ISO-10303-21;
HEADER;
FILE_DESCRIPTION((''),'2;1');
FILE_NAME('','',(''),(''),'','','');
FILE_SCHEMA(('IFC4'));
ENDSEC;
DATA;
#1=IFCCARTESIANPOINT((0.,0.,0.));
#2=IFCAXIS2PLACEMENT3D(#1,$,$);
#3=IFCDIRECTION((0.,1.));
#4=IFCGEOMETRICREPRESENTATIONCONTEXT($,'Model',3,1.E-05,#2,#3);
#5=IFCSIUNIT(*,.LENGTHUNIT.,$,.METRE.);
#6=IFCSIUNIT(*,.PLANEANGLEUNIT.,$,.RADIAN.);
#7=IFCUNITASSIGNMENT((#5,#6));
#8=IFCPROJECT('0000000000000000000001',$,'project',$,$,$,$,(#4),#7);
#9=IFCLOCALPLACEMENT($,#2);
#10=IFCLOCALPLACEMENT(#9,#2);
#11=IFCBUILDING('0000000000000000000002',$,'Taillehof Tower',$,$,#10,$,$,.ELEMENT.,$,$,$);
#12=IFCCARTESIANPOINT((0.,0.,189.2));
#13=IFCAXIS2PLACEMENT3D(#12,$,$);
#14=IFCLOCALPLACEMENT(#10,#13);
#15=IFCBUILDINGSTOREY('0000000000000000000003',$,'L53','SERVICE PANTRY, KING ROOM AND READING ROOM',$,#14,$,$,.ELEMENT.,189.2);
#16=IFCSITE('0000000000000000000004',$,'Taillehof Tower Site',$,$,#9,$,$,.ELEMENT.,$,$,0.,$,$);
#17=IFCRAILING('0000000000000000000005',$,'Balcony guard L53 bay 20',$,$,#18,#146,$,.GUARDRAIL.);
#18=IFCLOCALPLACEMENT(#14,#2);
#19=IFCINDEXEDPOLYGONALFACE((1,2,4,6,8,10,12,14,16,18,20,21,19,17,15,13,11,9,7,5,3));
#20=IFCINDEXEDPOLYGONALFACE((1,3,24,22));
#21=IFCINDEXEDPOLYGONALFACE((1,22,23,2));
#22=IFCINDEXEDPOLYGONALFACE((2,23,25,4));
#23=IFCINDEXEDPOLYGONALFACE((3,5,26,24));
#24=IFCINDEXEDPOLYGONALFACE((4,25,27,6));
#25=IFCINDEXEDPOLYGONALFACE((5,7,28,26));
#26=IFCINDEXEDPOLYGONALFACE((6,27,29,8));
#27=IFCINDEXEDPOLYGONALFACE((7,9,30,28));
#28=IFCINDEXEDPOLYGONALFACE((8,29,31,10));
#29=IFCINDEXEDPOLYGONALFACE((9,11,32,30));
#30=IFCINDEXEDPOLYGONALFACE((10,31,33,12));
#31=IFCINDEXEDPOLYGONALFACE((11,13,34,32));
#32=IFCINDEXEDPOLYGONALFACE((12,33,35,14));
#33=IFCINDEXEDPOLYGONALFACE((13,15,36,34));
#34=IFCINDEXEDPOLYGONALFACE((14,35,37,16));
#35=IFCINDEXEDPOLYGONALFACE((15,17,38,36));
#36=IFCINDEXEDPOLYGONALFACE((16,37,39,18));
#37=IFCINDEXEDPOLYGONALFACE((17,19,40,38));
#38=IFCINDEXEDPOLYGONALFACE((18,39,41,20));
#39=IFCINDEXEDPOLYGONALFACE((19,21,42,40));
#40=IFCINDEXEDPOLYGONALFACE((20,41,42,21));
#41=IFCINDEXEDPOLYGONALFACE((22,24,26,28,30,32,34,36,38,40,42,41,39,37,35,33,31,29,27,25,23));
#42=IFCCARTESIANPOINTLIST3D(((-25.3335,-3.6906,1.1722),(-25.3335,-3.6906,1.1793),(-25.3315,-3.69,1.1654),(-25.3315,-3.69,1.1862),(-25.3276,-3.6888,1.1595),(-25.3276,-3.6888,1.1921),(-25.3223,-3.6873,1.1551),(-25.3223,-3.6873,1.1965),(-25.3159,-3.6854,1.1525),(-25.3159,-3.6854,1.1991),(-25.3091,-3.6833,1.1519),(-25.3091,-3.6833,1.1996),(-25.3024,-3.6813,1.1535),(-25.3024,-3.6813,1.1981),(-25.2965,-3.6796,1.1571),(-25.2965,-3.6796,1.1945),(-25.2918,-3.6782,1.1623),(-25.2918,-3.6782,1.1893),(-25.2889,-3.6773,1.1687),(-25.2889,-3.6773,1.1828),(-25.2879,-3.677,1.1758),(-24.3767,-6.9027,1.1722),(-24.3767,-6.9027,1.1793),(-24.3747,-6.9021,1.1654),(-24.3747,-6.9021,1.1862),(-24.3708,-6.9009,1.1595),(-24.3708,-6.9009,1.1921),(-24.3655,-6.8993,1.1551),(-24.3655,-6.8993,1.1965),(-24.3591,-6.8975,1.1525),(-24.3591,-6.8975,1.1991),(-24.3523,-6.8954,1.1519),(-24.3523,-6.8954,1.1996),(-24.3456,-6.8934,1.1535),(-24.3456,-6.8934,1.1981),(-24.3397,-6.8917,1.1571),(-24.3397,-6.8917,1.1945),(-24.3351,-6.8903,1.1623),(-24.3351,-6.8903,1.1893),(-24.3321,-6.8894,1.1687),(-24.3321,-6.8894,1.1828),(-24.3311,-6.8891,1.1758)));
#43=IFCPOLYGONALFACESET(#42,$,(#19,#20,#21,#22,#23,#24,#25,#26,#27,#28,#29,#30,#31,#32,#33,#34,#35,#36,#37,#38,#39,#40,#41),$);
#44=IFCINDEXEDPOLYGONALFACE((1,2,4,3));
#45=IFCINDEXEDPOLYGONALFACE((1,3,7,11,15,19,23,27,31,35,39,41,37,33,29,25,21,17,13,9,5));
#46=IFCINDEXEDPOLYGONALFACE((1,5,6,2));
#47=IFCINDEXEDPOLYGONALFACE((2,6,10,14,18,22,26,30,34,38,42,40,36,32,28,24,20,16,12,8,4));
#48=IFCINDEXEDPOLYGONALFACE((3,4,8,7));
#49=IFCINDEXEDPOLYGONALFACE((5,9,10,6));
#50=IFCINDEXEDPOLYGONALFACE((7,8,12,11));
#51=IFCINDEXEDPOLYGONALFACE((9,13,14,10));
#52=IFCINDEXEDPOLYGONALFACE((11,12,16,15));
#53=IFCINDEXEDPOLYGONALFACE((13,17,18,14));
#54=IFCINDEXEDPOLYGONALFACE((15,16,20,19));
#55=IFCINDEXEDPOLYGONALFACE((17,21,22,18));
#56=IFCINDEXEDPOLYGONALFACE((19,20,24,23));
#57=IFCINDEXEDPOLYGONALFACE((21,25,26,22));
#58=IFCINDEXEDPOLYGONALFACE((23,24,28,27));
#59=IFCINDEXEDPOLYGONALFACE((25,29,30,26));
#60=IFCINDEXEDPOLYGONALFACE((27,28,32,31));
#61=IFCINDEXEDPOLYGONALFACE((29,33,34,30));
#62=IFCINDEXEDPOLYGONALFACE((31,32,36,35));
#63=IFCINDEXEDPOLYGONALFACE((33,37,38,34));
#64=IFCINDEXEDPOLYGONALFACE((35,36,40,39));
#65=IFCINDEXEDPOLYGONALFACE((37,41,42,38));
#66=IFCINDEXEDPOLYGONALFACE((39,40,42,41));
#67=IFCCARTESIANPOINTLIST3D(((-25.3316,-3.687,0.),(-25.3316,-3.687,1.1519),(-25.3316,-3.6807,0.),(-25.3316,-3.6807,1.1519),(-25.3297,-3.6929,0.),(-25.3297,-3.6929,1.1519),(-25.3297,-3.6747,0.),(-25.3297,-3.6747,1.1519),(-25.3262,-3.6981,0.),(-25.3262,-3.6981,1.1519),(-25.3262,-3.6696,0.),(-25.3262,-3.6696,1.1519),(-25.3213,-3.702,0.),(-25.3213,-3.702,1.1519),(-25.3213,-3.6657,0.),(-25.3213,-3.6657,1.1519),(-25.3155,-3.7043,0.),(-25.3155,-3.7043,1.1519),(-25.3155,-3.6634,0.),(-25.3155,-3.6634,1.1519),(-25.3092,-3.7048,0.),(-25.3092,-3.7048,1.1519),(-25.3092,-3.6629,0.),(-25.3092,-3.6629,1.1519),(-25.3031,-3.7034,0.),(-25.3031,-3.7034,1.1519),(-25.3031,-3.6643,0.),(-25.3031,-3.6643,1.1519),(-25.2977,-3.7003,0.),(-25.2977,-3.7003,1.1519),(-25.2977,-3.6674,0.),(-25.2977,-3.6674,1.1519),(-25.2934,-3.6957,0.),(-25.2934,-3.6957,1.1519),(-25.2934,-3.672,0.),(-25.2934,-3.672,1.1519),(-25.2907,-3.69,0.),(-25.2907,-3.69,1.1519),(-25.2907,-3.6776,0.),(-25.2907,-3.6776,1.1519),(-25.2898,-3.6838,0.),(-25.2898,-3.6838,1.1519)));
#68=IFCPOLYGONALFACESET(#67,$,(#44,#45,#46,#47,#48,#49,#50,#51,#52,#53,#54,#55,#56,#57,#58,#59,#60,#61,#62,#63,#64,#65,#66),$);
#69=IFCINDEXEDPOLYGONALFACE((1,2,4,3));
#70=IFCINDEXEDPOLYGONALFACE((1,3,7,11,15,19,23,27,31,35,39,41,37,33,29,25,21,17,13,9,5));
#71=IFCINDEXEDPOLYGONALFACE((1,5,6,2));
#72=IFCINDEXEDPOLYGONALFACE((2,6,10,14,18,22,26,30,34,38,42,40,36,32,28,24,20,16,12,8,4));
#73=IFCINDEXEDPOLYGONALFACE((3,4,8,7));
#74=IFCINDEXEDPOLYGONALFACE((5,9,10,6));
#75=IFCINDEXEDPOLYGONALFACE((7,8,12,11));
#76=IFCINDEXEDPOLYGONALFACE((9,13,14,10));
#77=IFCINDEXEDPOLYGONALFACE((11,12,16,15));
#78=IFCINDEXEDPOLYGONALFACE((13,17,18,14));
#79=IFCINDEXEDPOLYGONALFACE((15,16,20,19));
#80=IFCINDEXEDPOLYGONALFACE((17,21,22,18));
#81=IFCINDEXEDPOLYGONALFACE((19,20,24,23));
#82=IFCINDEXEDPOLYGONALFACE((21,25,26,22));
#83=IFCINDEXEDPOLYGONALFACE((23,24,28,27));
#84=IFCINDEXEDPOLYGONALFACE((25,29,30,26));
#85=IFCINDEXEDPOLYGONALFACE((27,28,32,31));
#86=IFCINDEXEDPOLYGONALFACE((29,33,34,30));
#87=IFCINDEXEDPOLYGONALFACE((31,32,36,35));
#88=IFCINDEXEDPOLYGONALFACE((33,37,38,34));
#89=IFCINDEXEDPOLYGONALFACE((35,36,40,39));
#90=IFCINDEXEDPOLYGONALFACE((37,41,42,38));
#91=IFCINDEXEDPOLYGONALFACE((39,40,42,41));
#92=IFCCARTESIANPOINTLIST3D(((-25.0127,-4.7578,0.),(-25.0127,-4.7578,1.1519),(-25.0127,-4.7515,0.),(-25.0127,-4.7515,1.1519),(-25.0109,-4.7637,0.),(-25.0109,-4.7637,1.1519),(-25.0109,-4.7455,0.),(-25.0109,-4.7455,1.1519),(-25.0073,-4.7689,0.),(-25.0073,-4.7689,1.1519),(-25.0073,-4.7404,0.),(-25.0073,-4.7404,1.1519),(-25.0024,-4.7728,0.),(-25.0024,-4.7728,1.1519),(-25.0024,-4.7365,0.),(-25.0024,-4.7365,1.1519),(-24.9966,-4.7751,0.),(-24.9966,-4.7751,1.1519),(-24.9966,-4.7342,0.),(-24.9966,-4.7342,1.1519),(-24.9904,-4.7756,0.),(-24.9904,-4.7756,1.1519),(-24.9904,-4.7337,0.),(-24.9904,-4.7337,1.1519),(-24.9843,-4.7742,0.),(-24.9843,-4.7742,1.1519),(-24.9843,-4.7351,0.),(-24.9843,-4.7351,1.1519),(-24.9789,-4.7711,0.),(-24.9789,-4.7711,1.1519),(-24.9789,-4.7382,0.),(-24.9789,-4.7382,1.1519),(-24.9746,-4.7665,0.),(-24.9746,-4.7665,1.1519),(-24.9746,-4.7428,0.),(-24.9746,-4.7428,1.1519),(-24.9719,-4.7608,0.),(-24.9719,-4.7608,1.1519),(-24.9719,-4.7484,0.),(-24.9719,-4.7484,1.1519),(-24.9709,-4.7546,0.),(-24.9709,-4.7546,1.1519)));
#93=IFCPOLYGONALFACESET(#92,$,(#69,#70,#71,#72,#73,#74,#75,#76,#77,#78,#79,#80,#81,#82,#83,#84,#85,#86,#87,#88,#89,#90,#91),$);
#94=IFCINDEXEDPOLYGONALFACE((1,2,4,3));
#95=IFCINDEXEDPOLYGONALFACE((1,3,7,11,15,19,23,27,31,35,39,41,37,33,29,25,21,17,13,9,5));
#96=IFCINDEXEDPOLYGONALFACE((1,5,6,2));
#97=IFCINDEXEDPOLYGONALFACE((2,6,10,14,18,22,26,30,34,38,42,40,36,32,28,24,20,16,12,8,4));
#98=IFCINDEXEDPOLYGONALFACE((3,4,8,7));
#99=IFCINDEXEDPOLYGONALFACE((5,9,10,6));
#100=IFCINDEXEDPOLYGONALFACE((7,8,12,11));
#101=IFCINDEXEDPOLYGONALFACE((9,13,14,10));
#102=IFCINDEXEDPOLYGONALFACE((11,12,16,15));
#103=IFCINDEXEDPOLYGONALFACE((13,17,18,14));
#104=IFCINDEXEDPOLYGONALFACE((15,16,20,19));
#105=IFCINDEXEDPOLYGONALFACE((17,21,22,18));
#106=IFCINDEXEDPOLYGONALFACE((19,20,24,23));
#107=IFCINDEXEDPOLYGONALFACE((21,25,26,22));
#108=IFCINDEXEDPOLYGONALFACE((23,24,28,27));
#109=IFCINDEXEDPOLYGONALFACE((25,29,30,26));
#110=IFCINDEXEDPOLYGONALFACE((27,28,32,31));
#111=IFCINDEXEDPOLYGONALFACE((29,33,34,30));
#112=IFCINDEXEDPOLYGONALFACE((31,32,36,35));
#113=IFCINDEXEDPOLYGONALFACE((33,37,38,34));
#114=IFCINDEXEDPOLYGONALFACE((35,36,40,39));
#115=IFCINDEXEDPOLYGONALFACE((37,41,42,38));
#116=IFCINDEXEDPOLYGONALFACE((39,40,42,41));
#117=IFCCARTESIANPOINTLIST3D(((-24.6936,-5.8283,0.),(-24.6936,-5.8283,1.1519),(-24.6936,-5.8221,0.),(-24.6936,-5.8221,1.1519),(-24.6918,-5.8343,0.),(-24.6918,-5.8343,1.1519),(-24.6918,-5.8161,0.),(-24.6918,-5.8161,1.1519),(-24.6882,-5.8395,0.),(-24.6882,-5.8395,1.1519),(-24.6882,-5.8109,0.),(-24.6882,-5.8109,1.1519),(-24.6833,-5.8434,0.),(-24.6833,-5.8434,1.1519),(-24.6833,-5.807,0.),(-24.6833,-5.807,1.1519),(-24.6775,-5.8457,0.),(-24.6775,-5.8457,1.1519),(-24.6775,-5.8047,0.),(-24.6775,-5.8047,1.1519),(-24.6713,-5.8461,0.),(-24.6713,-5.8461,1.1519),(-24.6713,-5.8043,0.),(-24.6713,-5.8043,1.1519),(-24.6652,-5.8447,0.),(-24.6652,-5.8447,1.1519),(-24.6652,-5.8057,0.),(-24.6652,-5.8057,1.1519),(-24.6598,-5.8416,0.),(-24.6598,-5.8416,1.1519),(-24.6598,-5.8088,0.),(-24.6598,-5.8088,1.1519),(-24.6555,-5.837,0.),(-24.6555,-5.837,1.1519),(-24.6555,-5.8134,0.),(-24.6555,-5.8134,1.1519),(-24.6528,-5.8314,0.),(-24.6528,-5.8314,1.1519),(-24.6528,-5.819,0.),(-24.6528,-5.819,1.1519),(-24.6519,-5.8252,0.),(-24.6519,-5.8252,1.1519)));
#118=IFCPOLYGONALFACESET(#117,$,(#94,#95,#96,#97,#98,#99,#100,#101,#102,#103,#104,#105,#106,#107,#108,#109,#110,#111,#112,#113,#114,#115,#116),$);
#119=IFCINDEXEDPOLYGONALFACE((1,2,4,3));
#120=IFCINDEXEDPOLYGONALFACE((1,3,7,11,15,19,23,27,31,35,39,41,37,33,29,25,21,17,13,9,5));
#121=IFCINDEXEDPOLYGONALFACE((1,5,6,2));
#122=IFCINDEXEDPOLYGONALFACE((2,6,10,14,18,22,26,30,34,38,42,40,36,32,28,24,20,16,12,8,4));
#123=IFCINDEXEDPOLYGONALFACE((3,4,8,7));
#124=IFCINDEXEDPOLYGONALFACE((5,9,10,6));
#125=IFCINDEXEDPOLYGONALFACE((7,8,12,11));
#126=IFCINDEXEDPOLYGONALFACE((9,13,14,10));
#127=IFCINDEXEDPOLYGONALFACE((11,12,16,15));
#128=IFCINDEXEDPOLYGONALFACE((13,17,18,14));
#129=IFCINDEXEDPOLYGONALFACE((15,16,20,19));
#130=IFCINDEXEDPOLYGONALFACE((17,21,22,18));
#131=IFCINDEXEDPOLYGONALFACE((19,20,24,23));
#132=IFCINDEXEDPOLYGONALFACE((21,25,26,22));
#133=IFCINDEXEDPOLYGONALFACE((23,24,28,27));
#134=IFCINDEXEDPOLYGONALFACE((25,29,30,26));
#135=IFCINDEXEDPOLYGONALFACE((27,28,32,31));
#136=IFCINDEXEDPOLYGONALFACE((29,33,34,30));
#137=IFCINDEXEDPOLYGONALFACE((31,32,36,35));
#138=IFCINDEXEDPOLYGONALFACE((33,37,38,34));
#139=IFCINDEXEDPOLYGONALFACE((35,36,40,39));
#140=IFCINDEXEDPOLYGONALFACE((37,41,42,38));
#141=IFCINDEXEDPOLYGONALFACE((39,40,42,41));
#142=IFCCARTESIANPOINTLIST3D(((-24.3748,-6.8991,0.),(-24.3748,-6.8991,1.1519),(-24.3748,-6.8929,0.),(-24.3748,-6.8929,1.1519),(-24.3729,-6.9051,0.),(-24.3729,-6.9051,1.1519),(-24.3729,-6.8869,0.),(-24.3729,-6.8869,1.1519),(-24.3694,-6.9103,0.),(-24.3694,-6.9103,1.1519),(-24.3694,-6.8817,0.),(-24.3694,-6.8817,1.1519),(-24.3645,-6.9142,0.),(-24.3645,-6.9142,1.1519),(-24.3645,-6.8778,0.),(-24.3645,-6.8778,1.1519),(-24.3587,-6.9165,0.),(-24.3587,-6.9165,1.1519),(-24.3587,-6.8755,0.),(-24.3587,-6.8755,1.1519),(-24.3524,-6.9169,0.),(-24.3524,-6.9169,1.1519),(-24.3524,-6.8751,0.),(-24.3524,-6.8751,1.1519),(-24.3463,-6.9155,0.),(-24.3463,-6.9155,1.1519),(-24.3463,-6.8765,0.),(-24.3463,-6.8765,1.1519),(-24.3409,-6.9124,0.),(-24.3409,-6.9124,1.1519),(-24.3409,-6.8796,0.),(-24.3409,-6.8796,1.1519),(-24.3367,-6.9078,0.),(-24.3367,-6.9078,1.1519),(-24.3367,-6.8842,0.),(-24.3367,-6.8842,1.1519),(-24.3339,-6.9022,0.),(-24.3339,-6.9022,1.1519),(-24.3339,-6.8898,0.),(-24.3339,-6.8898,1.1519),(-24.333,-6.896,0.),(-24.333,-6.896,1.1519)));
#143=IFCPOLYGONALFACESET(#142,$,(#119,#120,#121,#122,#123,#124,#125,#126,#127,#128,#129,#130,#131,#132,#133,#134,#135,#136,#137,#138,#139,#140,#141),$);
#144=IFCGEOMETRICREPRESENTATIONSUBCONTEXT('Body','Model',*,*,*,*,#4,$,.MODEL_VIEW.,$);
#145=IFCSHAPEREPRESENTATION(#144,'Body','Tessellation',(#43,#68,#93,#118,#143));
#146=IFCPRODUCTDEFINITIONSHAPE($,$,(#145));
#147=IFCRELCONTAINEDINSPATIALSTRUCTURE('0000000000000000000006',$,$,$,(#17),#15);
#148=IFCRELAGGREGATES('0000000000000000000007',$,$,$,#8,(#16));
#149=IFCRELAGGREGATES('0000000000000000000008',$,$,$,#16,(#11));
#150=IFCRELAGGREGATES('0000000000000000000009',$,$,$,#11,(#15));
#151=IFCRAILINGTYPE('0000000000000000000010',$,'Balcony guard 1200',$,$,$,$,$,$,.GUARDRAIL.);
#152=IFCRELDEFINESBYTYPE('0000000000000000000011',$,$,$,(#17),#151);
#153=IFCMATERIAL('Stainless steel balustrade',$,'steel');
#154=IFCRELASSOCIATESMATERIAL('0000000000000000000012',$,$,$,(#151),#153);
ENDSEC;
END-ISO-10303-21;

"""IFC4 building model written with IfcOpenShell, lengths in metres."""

from ifc_helpers import new_model, si_unit, direction, frame, origin, origin_2d, place, context, subcontext, project, spatial, circle, extrude, material, type_object, element, save


model = new_model("IFC4")

# Units and contexts
model_context = context("Model", 3, precision=1e-05, world=origin(), true_north=direction((0.0, 1.0)))
body_context = subcontext(model_context, "Body", "Model", "MODEL_VIEW")
ifc_project = project(units=[si_unit("LENGTHUNIT", "METRE"), si_unit("PLANEANGLEUNIT", "RADIAN")], contexts=[model_context])

# Site, building, storey
site_placement = place(None, origin())
site = spatial("IfcSite", under=ifc_project, at=site_placement, Name="Taillehof Tower Site", CompositionType="ELEMENT", RefElevation=0.0)
building_placement = place(site_placement, origin())
building = spatial("IfcBuilding", under=site, at=building_placement, Name="Taillehof Tower", CompositionType="ELEMENT")
storey_placement = place(building_placement, frame((0.0, 0.0, 189.2)))
storey = spatial("IfcBuildingStorey", under=building, at=storey_placement, Name="L53", Description="SERVICE PANTRY, KING ROOM AND READING ROOM", CompositionType="ELEMENT", Elevation=189.2)

# Railing
ifc_material_1 = material(Name="Stainless steel balustrade", Category="steel")
railing_type = type_object("IfcRailingType", Name="Balcony guard 1200", PredefinedType="GUARDRAIL", material=ifc_material_1)
railing_placement = place(storey_placement, frame((-25.3108, -3.6838, 0.0)))
element("IfcRailing", 1, at=railing_placement, inside=storey, type_object=railing_type, Name="Balcony guard L53 bay 20", PredefinedType="GUARDRAIL", context=body_context, shape_type="SweptSolid", body=[
    extrude(circle(Radius=0.0239, at=origin_2d()), frame((0.0, 0.0, 1.1758), z_axis=(0.285469, -0.958388, 0.0), x_axis=(0.958388, 0.285469, 0.0)), (0.0, 0.0, 1.0), 3.3516),
    extrude(circle(Radius=0.021, at=origin_2d()), origin(), (0.0, 0.0, 1.0), 1.1519),
    extrude(circle(Radius=0.021, at=origin_2d()), frame((0.3188, -1.0708, 0.0)), (0.0, 0.0, 1.0), 1.1519),
    extrude(circle(Radius=0.021, at=origin_2d()), frame((0.6379, -2.1414, 0.0)), (0.0, 0.0, 1.0), 1.1519),
    extrude(circle(Radius=0.021, at=origin_2d()), frame((0.9568, -3.2122, 0.0)), (0.0, 0.0, 1.0), 1.1519),
])

save(model, "model.ifc")
